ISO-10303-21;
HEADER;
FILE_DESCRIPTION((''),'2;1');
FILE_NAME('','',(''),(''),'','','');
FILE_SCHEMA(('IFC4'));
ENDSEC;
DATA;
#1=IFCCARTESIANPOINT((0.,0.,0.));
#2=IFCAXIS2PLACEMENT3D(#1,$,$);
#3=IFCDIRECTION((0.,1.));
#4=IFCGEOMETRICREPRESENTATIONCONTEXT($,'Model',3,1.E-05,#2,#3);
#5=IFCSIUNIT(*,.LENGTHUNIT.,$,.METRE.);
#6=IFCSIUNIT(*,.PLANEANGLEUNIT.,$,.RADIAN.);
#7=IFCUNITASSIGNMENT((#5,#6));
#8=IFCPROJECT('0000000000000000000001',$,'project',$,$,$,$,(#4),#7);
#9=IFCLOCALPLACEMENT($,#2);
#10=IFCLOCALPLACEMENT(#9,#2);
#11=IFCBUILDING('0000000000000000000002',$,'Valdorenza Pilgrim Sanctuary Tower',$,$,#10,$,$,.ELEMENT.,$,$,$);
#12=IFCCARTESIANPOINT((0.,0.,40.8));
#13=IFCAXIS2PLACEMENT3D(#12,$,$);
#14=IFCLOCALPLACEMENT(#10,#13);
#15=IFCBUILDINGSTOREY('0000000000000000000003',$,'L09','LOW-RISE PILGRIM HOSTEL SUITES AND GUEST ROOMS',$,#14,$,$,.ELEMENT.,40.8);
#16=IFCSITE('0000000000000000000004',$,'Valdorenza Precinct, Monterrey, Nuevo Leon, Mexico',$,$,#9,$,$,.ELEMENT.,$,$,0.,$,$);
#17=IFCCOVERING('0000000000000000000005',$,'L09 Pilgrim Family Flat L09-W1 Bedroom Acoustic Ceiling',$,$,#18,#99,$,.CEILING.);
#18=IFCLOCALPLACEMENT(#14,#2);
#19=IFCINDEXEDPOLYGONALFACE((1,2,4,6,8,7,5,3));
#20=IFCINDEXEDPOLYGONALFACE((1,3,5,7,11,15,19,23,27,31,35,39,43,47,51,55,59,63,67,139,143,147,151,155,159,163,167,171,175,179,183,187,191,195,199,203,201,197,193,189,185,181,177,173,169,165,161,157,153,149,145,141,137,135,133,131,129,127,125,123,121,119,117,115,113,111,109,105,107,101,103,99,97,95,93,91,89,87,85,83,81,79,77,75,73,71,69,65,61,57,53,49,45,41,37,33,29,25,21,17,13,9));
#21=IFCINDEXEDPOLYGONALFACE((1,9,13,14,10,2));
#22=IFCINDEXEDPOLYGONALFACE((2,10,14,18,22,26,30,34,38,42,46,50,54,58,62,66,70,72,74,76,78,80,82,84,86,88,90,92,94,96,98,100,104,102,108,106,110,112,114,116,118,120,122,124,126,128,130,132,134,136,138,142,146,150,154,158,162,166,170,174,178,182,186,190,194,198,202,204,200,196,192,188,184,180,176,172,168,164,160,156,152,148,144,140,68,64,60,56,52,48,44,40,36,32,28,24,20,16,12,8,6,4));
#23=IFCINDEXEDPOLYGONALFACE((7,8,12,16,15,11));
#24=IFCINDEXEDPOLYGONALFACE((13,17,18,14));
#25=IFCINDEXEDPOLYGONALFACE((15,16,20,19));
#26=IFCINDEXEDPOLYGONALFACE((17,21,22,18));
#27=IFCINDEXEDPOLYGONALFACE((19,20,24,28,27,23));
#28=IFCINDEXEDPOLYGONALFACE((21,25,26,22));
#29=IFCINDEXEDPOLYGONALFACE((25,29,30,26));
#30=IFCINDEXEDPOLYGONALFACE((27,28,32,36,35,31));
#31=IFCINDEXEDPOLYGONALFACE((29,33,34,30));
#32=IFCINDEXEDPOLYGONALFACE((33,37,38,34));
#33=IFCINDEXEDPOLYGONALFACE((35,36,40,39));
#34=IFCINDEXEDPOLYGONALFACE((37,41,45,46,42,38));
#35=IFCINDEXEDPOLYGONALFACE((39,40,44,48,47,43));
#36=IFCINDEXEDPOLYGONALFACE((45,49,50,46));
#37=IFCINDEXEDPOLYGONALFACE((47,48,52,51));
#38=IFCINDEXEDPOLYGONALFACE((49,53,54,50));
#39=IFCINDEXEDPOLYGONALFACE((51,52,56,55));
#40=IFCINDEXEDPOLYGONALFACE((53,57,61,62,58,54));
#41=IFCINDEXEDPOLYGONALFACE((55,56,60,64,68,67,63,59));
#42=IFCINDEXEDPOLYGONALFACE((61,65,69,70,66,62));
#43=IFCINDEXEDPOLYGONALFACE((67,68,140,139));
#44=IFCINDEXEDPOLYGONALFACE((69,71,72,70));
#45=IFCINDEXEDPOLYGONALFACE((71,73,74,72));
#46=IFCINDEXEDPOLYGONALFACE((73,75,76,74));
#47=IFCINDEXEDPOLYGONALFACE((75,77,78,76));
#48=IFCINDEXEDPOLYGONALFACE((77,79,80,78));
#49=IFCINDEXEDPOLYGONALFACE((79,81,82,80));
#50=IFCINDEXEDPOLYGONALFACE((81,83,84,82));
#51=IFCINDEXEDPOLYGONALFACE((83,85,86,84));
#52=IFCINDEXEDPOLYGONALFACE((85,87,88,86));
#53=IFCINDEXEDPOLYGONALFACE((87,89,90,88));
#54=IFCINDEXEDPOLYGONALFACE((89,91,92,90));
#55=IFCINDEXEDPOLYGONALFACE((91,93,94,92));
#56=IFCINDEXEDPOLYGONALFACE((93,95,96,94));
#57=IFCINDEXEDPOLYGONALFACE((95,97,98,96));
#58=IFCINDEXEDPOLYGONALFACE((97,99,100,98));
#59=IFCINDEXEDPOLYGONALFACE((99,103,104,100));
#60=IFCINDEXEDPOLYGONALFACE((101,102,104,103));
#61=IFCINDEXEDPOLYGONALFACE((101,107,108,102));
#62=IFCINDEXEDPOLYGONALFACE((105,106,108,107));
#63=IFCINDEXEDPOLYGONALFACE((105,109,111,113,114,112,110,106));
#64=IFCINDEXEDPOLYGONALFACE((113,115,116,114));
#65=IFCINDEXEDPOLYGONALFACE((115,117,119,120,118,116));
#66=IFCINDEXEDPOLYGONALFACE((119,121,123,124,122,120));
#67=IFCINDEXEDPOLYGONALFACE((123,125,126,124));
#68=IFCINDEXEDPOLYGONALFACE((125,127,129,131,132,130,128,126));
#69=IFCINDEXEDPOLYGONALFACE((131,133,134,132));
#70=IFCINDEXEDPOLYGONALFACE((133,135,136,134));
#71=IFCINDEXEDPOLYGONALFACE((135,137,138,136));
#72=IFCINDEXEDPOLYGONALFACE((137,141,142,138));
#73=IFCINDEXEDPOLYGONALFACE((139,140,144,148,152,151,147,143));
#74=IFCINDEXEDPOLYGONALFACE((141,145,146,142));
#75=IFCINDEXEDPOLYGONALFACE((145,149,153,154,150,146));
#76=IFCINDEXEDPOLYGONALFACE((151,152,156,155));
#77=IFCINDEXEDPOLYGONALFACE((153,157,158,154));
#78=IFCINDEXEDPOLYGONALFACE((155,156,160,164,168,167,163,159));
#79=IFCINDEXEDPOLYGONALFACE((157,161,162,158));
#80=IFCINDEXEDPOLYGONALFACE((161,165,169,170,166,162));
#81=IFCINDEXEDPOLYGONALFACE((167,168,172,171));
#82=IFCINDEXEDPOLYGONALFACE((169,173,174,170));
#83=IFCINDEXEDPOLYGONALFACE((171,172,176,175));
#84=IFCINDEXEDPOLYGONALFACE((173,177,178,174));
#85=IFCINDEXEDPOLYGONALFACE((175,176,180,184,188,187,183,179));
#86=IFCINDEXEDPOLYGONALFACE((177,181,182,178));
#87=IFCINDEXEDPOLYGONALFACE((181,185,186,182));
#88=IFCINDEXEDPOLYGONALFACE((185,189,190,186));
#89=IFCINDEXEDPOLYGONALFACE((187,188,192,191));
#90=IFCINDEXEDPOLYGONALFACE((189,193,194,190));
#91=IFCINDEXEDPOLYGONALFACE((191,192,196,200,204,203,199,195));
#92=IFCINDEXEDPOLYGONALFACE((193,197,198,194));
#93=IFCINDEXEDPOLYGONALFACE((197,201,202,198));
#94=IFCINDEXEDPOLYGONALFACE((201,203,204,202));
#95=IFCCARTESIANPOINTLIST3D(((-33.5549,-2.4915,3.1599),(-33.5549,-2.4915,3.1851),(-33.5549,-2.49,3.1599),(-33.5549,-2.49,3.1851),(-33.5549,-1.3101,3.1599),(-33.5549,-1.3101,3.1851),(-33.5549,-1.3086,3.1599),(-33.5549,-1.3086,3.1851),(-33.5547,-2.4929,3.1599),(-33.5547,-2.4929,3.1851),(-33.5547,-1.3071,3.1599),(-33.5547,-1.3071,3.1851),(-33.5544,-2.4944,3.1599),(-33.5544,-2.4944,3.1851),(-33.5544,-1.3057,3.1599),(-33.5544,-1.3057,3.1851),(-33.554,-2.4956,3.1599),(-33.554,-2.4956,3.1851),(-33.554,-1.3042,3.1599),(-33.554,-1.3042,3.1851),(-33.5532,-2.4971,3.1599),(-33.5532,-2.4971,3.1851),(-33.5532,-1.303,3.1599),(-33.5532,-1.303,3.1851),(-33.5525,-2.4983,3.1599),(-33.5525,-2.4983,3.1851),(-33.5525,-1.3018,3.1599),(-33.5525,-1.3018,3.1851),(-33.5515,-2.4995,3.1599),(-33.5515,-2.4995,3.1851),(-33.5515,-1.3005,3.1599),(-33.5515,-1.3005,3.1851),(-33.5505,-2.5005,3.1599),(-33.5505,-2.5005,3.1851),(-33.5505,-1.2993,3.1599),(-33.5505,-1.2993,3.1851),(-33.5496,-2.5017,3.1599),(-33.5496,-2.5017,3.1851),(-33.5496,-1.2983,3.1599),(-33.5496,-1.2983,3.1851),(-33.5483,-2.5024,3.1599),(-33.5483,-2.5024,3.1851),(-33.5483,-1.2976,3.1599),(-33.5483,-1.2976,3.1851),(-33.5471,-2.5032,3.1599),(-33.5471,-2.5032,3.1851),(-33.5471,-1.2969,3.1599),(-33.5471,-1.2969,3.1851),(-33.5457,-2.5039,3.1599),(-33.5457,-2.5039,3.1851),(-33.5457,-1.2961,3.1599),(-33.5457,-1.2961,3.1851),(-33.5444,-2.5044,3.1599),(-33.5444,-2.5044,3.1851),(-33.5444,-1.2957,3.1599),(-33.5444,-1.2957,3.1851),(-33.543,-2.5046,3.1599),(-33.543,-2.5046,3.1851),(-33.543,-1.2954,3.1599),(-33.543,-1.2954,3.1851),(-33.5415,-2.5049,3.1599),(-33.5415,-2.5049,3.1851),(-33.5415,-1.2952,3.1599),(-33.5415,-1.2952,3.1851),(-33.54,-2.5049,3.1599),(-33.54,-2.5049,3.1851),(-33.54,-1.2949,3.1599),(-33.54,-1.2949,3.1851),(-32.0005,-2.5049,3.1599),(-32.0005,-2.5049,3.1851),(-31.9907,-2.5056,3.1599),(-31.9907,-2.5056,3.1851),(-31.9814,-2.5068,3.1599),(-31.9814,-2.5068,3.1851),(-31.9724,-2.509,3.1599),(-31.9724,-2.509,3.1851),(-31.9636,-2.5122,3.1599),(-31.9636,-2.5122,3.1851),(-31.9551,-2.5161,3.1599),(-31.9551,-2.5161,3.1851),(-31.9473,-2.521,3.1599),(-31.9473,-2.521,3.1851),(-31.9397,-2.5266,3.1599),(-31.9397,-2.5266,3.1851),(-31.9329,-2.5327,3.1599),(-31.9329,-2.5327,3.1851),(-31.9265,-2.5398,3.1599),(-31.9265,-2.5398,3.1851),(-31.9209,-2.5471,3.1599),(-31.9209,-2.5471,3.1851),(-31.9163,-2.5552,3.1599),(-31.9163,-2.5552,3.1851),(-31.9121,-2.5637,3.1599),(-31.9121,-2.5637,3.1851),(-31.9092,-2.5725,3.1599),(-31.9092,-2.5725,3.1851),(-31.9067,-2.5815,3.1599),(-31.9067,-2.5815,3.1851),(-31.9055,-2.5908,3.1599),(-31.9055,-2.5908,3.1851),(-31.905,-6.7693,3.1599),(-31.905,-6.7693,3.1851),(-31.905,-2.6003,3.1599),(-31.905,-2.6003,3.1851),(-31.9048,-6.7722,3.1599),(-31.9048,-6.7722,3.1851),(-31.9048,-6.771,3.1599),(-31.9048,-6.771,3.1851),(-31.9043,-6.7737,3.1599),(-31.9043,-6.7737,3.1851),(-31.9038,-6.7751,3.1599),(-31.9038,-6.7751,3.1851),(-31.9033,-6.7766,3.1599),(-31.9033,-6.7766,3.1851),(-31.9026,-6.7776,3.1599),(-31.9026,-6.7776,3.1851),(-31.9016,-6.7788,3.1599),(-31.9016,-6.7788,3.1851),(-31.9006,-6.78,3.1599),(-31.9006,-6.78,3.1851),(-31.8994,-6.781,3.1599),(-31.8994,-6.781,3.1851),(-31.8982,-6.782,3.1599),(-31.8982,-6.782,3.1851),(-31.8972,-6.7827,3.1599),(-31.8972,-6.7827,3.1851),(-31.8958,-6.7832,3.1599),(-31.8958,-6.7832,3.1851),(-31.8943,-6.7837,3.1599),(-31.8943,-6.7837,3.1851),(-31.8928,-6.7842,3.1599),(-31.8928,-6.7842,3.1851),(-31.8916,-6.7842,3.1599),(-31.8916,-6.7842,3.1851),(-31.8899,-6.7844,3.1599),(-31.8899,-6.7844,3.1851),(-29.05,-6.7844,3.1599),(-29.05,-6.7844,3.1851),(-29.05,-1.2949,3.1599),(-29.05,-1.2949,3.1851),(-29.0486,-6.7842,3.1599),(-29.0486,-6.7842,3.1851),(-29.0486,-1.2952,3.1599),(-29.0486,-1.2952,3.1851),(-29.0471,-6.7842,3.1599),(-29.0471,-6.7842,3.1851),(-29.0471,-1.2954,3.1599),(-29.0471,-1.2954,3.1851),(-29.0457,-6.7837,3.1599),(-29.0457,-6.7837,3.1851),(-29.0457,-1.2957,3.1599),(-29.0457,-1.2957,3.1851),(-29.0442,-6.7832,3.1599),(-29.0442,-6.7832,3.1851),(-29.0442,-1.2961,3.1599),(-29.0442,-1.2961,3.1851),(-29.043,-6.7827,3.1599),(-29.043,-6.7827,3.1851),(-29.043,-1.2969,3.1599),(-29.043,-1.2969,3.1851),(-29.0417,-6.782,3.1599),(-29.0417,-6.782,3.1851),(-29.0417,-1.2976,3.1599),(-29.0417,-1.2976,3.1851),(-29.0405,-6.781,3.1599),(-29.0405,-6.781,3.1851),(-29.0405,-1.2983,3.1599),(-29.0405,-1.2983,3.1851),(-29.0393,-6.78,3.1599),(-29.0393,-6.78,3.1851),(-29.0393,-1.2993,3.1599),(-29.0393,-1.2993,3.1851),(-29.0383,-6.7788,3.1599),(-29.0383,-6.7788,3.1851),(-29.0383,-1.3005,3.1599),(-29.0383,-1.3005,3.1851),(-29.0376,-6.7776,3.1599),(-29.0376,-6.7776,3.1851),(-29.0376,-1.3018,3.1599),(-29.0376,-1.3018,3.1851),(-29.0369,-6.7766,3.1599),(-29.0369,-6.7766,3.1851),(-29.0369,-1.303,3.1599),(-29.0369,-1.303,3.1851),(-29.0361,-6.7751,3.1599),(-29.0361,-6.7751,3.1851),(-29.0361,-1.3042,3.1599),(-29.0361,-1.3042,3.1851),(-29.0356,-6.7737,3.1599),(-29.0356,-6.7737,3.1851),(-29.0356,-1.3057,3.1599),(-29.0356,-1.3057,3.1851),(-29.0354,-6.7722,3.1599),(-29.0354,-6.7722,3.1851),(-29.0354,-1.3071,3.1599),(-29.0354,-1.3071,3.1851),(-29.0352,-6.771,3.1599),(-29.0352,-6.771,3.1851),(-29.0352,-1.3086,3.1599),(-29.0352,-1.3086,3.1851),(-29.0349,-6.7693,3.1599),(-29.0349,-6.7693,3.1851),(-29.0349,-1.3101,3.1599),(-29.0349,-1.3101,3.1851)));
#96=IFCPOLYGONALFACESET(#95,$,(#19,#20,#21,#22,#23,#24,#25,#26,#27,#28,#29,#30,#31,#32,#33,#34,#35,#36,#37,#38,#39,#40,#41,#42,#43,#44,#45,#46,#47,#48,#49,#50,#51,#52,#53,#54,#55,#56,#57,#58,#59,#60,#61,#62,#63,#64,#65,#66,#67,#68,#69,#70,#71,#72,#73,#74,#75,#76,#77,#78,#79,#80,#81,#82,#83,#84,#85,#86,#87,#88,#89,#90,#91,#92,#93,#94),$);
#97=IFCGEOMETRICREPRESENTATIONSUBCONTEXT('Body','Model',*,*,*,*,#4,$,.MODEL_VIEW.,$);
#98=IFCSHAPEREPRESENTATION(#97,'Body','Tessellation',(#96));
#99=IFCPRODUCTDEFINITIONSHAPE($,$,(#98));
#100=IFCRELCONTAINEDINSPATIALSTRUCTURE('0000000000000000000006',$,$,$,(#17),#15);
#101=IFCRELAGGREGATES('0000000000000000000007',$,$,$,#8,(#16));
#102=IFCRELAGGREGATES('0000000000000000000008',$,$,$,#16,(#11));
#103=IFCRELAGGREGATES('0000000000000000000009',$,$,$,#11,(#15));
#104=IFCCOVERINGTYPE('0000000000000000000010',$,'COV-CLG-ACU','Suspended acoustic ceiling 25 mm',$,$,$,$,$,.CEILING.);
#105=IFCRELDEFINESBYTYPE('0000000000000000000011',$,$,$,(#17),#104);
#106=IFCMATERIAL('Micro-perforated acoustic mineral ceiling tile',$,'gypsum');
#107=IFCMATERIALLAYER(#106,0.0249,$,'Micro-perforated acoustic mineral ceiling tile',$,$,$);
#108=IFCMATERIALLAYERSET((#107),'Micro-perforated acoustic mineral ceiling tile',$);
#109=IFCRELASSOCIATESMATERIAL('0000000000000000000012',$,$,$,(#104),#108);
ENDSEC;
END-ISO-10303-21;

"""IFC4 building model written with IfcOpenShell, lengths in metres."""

from ifc_helpers import new_model, si_unit, direction, frame, origin, place, context, subcontext, project, spatial, polyline, outline, extrude, material, layer, layer_set, type_object, element, save


model = new_model("IFC4")

# Units and contexts
model_context = context("Model", 3, precision=1e-05, world=origin(), true_north=direction((0.0, 1.0)))
body_context = subcontext(model_context, "Body", "Model", "MODEL_VIEW")
ifc_project = project(units=[si_unit("LENGTHUNIT", "METRE"), si_unit("PLANEANGLEUNIT", "RADIAN")], contexts=[model_context])

# Site, building, storey
site_placement = place(None, origin())
site = spatial("IfcSite", under=ifc_project, at=site_placement, Name="Valdorenza Precinct, Monterrey, Nuevo Leon, Mexico", CompositionType="ELEMENT", RefElevation=0.0)
building_placement = place(site_placement, origin())
building = spatial("IfcBuilding", under=site, at=building_placement, Name="Valdorenza Pilgrim Sanctuary Tower", CompositionType="ELEMENT")
storey_placement = place(building_placement, frame((0.0, 0.0, 40.8)))
storey = spatial("IfcBuildingStorey", under=building, at=storey_placement, Name="L09", Description="LOW-RISE PILGRIM HOSTEL SUITES AND GUEST ROOMS", CompositionType="ELEMENT", Elevation=40.8)

# Covering
ifc_material_1 = material(Name="Micro-perforated acoustic mineral ceiling tile", Category="gypsum")
ifc_layer_1 = layer(ifc_material_1, 0.0249, Name="Micro-perforated acoustic mineral ceiling tile")
ifc_layer_set_1 = layer_set([ifc_layer_1], Name="Micro-perforated acoustic mineral ceiling tile")
covering_type_1 = type_object("IfcCoveringType", Name="COV-CLG-ACU", Description="Suspended acoustic ceiling 25 mm", PredefinedType="CEILING", material=ifc_layer_set_1)
covering_1_placement = place(storey_placement, frame((0.0, 0.0, 3.1599)))
element("IfcCovering", 1, at=covering_1_placement, inside=storey, type_object=covering_type_1, Name="L09 Pilgrim Family Flat L09-W1 Bedroom Acoustic Ceiling", PredefinedType="CEILING", context=body_context, shape_type="SweptSolid", body=[
    extrude(outline(polyline([(-29.0349, -6.7693), (-29.0352, -6.771), (-29.0354, -6.7722), (-29.0356, -6.7737), (-29.0361, -6.7751), (-29.0369, -6.7766), (-29.0376, -6.7776), (-29.0383, -6.7788), (-29.0393, -6.78), (-29.0405, -6.781), (-29.0417, -6.782), (-29.043, -6.7827), (-29.0442, -6.7832), (-29.0457, -6.7837), (-29.0471, -6.7842), (-29.0486, -6.7842), (-29.05, -6.7844), (-31.8899, -6.7844), (-31.8916, -6.7842), (-31.8928, -6.7842), (-31.8943, -6.7837), (-31.8958, -6.7832), (-31.8972, -6.7827), (-31.8982, -6.782), (-31.8994, -6.781), (-31.9006, -6.78), (-31.9016, -6.7788), (-31.9026, -6.7776), (-31.9033, -6.7766), (-31.9038, -6.7751), (-31.9043, -6.7737), (-31.9048, -6.7722), (-31.9048, -6.771), (-31.905, -6.7693), (-31.905, -2.6003), (-31.9055, -2.5908), (-31.9067, -2.5815), (-31.9092, -2.5725), (-31.9121, -2.5637), (-31.9163, -2.5552), (-31.9209, -2.5471), (-31.9265, -2.5398), (-31.9329, -2.5327), (-31.9397, -2.5266), (-31.9473, -2.521), (-31.9551, -2.5161), (-31.9636, -2.5122), (-31.9724, -2.509), (-31.9814, -2.5068), (-31.9907, -2.5056), (-32.0005, -2.5049), (-33.54, -2.5049), (-33.5415, -2.5049), (-33.543, -2.5046), (-33.5444, -2.5044), (-33.5457, -2.5039), (-33.5471, -2.5032), (-33.5483, -2.5024), (-33.5496, -2.5017), (-33.5505, -2.5005), (-33.5515, -2.4995), (-33.5525, -2.4983), (-33.5532, -2.4971), (-33.554, -2.4956), (-33.5544, -2.4944), (-33.5547, -2.4929), (-33.5549, -2.4915), (-33.5549, -2.49), (-33.5549, -1.3101), (-33.5549, -1.3086), (-33.5547, -1.3071), (-33.5544, -1.3057), (-33.554, -1.3042), (-33.5532, -1.303), (-33.5525, -1.3018), (-33.5515, -1.3005), (-33.5505, -1.2993), (-33.5496, -1.2983), (-33.5483, -1.2976), (-33.5471, -1.2969), (-33.5457, -1.2961), (-33.5444, -1.2957), (-33.543, -1.2954), (-33.5415, -1.2952), (-33.54, -1.2949), (-29.05, -1.2949), (-29.0486, -1.2952), (-29.0471, -1.2954), (-29.0457, -1.2957), (-29.0442, -1.2961), (-29.043, -1.2969), (-29.0417, -1.2976), (-29.0405, -1.2983), (-29.0393, -1.2993), (-29.0383, -1.3005), (-29.0376, -1.3018), (-29.0369, -1.303), (-29.0361, -1.3042), (-29.0356, -1.3057), (-29.0354, -1.3071), (-29.0352, -1.3086), (-29.0349, -1.3101), (-29.0349, -6.7693)])), origin(), (0.0, 0.0, 1.0), 0.0251),
])

save(model, "model.ifc")
